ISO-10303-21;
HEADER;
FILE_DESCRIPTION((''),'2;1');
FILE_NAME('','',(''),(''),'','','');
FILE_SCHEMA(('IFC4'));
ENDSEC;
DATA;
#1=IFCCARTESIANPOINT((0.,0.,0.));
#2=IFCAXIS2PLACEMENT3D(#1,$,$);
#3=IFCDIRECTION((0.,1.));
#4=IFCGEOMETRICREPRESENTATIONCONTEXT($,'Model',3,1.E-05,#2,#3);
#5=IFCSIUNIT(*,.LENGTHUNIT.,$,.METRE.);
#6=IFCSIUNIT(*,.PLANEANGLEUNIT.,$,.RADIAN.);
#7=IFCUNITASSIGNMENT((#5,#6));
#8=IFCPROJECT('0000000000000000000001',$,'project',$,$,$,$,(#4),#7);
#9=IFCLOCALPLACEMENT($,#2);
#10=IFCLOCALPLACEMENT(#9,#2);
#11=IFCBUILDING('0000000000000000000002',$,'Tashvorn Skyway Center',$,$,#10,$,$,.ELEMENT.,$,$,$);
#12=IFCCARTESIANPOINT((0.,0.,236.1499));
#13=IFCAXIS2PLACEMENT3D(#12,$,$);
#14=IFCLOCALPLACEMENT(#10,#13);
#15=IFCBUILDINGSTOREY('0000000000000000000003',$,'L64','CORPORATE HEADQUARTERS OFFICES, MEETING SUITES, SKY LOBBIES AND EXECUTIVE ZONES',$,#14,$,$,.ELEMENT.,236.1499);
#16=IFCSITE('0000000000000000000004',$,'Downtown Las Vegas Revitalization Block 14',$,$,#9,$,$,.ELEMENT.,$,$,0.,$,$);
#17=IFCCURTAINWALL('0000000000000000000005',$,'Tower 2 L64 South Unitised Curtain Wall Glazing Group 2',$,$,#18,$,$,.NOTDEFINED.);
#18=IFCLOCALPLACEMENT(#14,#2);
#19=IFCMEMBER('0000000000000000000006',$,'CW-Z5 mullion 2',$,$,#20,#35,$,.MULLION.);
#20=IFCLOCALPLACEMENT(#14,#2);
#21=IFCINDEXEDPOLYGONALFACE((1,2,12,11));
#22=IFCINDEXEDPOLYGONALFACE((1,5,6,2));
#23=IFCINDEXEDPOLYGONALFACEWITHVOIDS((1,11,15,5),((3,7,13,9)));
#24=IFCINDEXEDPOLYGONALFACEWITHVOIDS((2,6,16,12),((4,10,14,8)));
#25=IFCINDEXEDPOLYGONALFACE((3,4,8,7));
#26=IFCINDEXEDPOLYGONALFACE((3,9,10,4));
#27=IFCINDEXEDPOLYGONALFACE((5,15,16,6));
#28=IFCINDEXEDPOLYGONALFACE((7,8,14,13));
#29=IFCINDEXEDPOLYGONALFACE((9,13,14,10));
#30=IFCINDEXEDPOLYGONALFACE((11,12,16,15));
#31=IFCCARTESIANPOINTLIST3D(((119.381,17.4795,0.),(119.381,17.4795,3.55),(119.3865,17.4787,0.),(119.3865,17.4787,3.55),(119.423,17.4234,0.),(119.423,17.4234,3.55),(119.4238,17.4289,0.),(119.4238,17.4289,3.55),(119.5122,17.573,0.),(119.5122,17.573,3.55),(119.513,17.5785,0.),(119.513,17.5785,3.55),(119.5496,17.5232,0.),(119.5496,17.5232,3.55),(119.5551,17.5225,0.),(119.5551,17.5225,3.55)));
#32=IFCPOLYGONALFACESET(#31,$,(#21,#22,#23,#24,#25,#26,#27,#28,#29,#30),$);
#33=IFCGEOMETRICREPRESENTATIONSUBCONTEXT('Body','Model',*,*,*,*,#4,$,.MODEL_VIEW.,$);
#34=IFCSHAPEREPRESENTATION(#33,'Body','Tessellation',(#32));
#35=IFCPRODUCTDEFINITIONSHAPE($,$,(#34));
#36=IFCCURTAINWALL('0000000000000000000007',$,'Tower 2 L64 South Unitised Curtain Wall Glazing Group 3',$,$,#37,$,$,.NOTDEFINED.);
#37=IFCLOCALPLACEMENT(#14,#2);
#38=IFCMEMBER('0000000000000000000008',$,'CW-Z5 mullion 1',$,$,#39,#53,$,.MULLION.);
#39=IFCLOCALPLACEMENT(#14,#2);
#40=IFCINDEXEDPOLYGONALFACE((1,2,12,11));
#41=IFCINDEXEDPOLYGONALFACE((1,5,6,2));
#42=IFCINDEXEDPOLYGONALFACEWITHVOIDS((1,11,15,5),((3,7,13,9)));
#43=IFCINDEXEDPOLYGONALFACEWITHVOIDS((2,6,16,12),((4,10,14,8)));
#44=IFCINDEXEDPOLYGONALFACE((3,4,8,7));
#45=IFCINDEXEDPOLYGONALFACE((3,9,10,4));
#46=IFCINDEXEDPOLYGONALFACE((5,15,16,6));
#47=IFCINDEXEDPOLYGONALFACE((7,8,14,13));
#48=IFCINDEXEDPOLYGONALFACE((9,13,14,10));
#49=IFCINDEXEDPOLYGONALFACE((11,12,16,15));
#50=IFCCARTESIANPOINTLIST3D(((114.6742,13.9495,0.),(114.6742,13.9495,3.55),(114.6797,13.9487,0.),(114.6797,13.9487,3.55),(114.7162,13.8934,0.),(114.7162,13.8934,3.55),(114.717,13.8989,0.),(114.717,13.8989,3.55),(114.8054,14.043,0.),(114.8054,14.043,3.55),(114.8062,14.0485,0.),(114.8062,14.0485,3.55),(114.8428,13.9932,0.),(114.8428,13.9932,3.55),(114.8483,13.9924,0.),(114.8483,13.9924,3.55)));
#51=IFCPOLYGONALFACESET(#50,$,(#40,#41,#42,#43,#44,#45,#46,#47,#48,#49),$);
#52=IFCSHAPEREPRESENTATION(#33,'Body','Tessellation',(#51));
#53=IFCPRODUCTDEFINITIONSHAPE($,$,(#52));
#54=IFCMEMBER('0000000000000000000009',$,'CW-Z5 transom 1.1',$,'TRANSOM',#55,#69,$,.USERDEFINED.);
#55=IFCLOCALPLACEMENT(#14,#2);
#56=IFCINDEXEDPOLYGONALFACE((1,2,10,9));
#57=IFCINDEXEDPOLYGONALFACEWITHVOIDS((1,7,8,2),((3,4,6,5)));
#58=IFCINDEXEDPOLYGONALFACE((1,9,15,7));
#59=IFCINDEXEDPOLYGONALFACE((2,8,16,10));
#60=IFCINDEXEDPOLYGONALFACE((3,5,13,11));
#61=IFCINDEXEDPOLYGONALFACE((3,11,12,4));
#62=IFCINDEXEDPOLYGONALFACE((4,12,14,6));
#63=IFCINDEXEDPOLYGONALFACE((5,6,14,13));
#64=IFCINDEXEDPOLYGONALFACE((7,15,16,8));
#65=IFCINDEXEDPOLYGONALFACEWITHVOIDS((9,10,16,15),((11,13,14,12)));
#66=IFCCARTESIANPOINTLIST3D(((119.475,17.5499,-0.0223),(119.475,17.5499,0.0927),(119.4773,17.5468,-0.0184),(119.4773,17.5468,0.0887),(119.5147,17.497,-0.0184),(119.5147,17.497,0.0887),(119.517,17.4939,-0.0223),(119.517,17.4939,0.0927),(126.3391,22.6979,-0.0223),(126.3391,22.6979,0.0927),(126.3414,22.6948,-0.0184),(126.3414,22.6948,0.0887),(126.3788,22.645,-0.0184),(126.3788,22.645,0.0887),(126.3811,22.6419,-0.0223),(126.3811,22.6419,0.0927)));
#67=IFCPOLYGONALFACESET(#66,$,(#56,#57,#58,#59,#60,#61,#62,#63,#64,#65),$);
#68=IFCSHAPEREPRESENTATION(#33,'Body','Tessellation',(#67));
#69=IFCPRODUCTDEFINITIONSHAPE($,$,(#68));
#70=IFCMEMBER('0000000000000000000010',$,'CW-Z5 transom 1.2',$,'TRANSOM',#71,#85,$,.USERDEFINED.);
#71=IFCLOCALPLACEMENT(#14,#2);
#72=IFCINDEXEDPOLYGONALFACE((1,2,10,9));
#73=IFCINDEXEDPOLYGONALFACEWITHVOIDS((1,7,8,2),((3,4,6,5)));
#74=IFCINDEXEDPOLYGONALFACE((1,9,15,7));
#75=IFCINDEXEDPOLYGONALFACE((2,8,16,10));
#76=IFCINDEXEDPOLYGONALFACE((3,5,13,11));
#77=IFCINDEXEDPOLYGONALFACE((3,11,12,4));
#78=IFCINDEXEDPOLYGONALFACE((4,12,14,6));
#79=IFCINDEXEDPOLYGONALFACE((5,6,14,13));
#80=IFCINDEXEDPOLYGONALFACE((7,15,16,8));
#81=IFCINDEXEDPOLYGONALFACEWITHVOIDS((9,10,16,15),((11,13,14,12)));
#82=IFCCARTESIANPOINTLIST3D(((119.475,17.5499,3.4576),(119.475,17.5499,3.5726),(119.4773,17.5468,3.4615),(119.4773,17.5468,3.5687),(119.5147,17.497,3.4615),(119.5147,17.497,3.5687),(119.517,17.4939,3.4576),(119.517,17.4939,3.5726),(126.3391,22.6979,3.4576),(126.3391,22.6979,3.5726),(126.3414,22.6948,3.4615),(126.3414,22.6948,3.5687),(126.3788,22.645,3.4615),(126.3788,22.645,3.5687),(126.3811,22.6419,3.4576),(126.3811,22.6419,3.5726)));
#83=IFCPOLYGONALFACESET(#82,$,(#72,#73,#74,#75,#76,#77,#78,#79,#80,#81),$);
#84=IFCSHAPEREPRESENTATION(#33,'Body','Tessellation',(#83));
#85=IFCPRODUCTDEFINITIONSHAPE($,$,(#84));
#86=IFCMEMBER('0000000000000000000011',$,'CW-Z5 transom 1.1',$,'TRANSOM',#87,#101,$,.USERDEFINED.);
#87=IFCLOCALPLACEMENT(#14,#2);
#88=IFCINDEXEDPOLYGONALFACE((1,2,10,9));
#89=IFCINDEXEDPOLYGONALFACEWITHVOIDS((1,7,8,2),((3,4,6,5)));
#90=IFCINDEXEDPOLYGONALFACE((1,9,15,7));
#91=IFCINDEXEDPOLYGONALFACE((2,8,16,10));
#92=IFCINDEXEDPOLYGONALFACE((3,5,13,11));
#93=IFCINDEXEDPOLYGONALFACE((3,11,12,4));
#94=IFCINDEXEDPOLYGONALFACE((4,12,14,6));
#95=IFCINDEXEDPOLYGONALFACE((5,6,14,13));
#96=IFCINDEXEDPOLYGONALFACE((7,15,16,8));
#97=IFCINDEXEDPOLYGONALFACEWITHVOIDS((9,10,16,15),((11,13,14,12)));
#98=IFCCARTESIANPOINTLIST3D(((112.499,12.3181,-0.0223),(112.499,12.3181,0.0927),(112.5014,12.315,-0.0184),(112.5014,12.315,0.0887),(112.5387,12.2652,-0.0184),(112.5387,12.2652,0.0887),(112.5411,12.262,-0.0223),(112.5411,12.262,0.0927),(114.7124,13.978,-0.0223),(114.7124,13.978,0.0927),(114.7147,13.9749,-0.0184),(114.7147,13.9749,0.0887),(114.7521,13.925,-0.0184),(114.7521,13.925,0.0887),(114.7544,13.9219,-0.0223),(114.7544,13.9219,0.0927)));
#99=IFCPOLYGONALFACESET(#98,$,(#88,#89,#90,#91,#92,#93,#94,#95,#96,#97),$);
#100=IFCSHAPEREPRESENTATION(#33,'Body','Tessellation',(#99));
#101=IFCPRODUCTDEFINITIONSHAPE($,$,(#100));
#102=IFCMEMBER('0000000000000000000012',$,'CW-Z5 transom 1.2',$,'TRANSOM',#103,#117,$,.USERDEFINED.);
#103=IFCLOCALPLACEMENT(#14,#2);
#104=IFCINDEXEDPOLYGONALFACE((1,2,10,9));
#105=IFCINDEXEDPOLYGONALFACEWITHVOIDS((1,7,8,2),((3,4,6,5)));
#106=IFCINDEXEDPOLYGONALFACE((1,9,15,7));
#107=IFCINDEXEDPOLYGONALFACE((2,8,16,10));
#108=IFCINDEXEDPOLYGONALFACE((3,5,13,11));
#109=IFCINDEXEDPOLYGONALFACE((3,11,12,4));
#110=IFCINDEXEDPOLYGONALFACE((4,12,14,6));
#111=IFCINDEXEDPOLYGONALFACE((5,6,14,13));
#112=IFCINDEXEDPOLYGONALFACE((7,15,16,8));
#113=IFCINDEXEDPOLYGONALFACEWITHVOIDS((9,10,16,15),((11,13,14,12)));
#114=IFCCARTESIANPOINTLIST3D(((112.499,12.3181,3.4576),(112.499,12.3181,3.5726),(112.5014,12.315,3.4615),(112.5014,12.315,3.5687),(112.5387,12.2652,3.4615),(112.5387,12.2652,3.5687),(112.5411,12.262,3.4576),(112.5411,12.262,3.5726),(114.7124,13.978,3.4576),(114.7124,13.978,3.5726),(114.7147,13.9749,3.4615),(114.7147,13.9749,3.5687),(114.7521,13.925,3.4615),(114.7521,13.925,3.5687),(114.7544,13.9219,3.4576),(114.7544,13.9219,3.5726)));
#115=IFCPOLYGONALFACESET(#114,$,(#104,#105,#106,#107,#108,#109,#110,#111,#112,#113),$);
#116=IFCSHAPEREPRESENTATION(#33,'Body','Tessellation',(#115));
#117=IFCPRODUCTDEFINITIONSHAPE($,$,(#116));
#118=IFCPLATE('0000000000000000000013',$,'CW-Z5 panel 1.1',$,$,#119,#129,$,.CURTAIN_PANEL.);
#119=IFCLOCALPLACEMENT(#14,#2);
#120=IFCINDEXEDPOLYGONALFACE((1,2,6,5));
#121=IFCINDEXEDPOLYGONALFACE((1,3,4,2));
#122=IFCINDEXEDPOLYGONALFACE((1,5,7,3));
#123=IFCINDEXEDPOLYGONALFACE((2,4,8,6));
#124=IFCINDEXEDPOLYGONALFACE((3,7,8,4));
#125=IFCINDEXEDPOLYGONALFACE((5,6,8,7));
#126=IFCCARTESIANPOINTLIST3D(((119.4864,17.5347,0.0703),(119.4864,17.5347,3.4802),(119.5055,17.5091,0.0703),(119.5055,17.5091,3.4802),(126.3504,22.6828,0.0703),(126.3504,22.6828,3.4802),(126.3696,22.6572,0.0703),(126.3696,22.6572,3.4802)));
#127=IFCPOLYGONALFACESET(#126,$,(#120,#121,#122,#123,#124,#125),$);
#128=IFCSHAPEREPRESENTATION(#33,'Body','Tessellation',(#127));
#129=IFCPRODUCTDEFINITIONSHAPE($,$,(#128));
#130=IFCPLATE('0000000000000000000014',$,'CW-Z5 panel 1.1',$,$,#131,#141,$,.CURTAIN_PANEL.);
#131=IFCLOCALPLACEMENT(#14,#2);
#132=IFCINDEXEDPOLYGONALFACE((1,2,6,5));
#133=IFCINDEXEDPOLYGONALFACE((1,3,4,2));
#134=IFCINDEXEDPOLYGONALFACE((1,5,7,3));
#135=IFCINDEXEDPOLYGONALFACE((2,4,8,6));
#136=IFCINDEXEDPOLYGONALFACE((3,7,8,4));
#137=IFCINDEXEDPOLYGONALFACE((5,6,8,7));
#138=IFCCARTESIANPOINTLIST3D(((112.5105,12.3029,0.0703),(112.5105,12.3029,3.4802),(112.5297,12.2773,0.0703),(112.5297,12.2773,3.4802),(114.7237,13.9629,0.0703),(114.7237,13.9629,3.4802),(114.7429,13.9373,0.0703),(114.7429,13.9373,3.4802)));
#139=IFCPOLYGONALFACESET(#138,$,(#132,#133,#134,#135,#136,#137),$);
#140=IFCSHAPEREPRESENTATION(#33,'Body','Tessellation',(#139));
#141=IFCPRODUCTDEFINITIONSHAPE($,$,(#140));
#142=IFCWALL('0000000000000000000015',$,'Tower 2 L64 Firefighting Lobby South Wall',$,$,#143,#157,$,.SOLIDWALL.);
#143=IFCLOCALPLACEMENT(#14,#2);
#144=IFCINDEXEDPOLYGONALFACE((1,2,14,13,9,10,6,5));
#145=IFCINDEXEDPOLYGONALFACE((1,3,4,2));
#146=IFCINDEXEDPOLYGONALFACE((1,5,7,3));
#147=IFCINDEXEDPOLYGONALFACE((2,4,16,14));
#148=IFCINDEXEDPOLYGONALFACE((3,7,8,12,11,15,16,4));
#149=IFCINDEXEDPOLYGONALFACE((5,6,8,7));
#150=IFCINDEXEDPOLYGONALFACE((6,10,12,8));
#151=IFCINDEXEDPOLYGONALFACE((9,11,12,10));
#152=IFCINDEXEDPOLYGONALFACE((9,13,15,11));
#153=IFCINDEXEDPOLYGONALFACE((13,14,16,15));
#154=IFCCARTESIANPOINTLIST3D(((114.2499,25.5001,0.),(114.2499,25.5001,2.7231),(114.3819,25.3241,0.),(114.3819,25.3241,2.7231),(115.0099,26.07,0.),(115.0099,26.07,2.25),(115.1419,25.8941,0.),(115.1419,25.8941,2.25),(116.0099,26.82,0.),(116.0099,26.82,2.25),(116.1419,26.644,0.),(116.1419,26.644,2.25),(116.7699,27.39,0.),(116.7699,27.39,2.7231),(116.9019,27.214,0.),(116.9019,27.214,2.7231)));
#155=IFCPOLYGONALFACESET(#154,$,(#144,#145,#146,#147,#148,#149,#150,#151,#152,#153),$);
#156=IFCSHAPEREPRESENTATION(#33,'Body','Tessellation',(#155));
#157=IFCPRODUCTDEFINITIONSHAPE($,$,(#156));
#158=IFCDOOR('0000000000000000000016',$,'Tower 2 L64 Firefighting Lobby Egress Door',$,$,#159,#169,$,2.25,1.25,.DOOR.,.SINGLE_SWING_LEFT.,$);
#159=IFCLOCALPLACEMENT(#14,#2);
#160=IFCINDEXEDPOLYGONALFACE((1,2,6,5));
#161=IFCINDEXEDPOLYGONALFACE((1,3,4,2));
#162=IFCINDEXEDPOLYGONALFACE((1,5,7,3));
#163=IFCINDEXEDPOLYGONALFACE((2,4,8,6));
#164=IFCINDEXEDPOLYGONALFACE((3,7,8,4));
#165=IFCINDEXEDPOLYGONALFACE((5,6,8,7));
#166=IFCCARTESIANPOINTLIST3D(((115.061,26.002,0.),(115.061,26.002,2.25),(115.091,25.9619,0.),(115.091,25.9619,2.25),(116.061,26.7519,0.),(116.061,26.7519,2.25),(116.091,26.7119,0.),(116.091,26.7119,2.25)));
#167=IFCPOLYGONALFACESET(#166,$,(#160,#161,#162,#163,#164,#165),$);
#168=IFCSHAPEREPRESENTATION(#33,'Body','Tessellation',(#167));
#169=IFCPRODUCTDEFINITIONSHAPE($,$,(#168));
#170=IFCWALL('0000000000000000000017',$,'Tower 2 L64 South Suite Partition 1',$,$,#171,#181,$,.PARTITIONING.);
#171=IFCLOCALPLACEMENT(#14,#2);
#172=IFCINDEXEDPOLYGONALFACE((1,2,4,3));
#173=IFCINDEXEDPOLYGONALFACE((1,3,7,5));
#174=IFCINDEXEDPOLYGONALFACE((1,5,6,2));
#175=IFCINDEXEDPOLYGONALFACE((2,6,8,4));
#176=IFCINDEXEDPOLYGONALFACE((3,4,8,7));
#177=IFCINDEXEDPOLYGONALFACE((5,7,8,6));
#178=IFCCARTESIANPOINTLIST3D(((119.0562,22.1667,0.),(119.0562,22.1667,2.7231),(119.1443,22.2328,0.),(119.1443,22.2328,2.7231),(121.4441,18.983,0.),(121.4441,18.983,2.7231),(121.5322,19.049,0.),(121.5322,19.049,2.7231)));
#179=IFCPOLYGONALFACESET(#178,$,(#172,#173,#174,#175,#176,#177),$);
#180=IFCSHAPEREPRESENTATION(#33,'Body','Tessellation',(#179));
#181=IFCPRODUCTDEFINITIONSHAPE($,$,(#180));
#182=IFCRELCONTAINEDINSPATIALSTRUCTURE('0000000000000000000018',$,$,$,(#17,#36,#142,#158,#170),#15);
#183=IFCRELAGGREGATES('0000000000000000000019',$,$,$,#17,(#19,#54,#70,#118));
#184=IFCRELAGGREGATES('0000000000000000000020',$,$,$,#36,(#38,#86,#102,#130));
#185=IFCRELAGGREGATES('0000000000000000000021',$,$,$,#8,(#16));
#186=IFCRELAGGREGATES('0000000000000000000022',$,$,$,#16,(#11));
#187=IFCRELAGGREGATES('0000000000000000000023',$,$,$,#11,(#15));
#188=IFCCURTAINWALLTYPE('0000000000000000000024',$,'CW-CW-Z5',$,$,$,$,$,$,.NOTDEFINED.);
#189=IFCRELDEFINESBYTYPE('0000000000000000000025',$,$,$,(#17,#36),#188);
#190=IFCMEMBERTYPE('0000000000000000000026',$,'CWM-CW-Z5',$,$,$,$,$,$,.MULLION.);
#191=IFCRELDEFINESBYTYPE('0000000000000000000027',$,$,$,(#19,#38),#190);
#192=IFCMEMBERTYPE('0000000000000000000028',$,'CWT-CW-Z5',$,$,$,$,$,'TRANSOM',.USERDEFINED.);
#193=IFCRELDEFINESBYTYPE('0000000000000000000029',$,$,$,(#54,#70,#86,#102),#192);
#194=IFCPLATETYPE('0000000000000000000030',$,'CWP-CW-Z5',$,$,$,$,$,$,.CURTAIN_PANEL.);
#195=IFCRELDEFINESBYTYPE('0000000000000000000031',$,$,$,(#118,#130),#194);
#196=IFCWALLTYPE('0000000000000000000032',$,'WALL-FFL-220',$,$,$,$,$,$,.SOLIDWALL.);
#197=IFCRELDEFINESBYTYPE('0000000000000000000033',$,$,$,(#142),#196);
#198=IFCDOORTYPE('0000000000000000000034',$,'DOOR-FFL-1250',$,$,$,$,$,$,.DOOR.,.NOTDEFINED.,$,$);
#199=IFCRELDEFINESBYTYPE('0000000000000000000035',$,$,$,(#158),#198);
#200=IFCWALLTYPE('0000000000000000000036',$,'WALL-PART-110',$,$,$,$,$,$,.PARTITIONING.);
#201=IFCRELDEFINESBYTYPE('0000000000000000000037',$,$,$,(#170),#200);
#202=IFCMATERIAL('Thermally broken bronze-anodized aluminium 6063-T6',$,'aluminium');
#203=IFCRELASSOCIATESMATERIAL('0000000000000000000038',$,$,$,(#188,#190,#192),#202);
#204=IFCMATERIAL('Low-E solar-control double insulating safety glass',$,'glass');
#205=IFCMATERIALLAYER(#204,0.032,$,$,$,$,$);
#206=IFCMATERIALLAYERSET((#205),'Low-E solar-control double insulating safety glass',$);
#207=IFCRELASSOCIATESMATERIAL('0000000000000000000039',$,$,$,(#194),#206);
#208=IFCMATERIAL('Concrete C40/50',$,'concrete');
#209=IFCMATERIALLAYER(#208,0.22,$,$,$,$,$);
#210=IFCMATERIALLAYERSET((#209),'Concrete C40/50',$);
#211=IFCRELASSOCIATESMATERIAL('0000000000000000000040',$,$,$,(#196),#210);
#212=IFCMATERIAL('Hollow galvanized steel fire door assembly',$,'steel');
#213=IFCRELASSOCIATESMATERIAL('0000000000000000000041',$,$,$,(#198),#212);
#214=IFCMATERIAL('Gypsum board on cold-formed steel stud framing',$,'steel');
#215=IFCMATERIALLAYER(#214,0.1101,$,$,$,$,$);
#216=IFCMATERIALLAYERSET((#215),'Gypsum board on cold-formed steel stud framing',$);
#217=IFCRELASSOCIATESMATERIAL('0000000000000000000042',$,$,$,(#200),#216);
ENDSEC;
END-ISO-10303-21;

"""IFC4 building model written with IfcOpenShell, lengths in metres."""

from ifc_helpers import new_model, si_unit, direction, frame, frame_2d, origin, origin_2d, place, context, subcontext, project, spatial, rectangle, hollow_rectangle, extrude, material, layer, layer_set, material_profile, profile_set, type_object, element, fill, aggregate, save


model = new_model("IFC4")

# Units and contexts
model_context = context("Model", 3, precision=1e-05, world=origin(), true_north=direction((0.0, 1.0)))
body_context = subcontext(model_context, "Body", "Model", "MODEL_VIEW")
ifc_project = project(units=[si_unit("LENGTHUNIT", "METRE"), si_unit("PLANEANGLEUNIT", "RADIAN")], contexts=[model_context])

# Site, building, storey
site_placement = place(None, origin())
site = spatial("IfcSite", under=ifc_project, at=site_placement, Name="Downtown Las Vegas Revitalization Block 14", CompositionType="ELEMENT", RefElevation=0.0)
building_placement = place(site_placement, origin())
building = spatial("IfcBuilding", under=site, at=building_placement, Name="Tashvorn Skyway Center", CompositionType="ELEMENT")
storey_placement = place(building_placement, frame((0.0, 0.0, 236.1499)))
storey = spatial("IfcBuildingStorey", under=building, at=storey_placement, Name="L64", Description="CORPORATE HEADQUARTERS OFFICES, MEETING SUITES, SKY LOBBIES AND EXECUTIVE ZONES", CompositionType="ELEMENT", Elevation=236.1499)

# Shared definitions
ifc_material_1 = material(Name="Thermally broken bronze-anodized aluminium 6063-T6", Category="aluminium")
curtain_wall_type = type_object("IfcCurtainWallType", Name="CW-CW-Z5", PredefinedType="NOTDEFINED", material=ifc_material_1)
ifc_material_profile_1 = material_profile(ifc_material_1, hollow_rectangle(XDim=0.0701, YDim=0.165, WallThickness=0.0039, at=origin_2d()), Name="ALU-MULL-70x165")
ifc_profile_set_1 = profile_set([ifc_material_profile_1], Name="Thermally broken bronze-anodized aluminium 6063-T6")
member_type_1 = type_object("IfcMemberType", Name="CWM-CW-Z5", PredefinedType="MULLION", material=ifc_profile_set_1)

# Curtain wall, member
curtain_wall_1_placement = place(storey_placement, origin())
curtain_wall_1 = element("IfcCurtainWall", 1, at=curtain_wall_1_placement, inside=storey, type_object=curtain_wall_type, Name="Tower 2 L64 South Unitised Curtain Wall Glazing Group 2", PredefinedType="NOTDEFINED")
member_1_placement = place(storey_placement, frame((119.468, 17.501, 0.0), z_axis=(0.0, 0.0, 1.0), x_axis=(0.6, -0.8, 0.0)))
member_1 = element("IfcMember", 2, at=member_1_placement, type_object=member_type_1, Name="CW-Z5 mullion 2", PredefinedType="MULLION", context=body_context, shape_type="SweptSolid", body=[
    extrude(hollow_rectangle(XDim=0.0701, YDim=0.165, WallThickness=0.0039, at=origin_2d()), origin(), (0.0, 0.0, 1.0), 3.55),
])

# Curtain wall, member
curtain_wall_2_placement = place(storey_placement, origin())
curtain_wall_2 = element("IfcCurtainWall", 3, at=curtain_wall_2_placement, inside=storey, type_object=curtain_wall_type, Name="Tower 2 L64 South Unitised Curtain Wall Glazing Group 3", PredefinedType="NOTDEFINED")
member_2_placement = place(storey_placement, frame((114.7612, 13.9709, 0.0), z_axis=(0.0, 0.0, 1.0), x_axis=(0.600006, -0.799996, 0.0)))
member_2 = element("IfcMember", 4, at=member_2_placement, type_object=member_type_1, Name="CW-Z5 mullion 1", PredefinedType="MULLION", context=body_context, shape_type="SweptSolid", body=[
    extrude(hollow_rectangle(XDim=0.0701, YDim=0.165, WallThickness=0.0039, at=origin_2d()), origin(), (0.0, 0.0, 1.0), 3.55),
])

# Members
ifc_material_profile_2 = material_profile(ifc_material_1, hollow_rectangle(XDim=0.0701, YDim=0.115, WallThickness=0.0039, at=origin_2d()), Name="ALU-TRAN-70x115")
ifc_profile_set_2 = profile_set([ifc_material_profile_2], Name="Thermally broken bronze-anodized aluminium 6063-T6")
member_type_2 = type_object("IfcMemberType", Name="CWT-CW-Z5", ElementType="TRANSOM", PredefinedType="USERDEFINED", material=ifc_profile_set_2)
member_3_placement = place(storey_placement, frame((126.3601, 22.6699, 0.0352), z_axis=(-0.800003, -0.599995, 0.0), x_axis=(0.599995, -0.800003, 0.0)))
member_3 = element("IfcMember", 5, at=member_3_placement, type_object=member_type_2, Name="CW-Z5 transom 1.1", ObjectType="TRANSOM", PredefinedType="USERDEFINED", context=body_context, shape_type="SweptSolid", body=[
    extrude(hollow_rectangle(XDim=0.0701, YDim=0.115, WallThickness=0.0039, at=origin_2d()), origin(), (0.0, 0.0, 1.0), 8.5801),
])
member_4_placement = place(storey_placement, frame((126.3601, 22.6699, 3.5151), z_axis=(-0.800003, -0.599995, 0.0), x_axis=(0.599995, -0.800003, 0.0)))
member_4 = element("IfcMember", 6, at=member_4_placement, type_object=member_type_2, Name="CW-Z5 transom 1.2", ObjectType="TRANSOM", PredefinedType="USERDEFINED", context=body_context, shape_type="SweptSolid", body=[
    extrude(hollow_rectangle(XDim=0.0701, YDim=0.115, WallThickness=0.0039, at=origin_2d()), origin(), (0.0, 0.0, 1.0), 8.5801),
])
member_5_placement = place(storey_placement, frame((114.7334, 13.95, 0.0352), z_axis=(-0.800021, -0.599972, 0.0), x_axis=(0.599972, -0.800021, 0.0)))
member_5 = element("IfcMember", 7, at=member_5_placement, type_object=member_type_2, Name="CW-Z5 transom 1.1", ObjectType="TRANSOM", PredefinedType="USERDEFINED", context=body_context, shape_type="SweptSolid", body=[
    extrude(hollow_rectangle(XDim=0.0701, YDim=0.115, WallThickness=0.0039, at=origin_2d()), origin(), (0.0, 0.0, 1.0), 2.7666),
])
member_6_placement = place(storey_placement, frame((114.7334, 13.95, 3.5151), z_axis=(-0.800021, -0.599972, 0.0), x_axis=(0.599972, -0.800021, 0.0)))
member_6 = element("IfcMember", 8, at=member_6_placement, type_object=member_type_2, Name="CW-Z5 transom 1.2", ObjectType="TRANSOM", PredefinedType="USERDEFINED", context=body_context, shape_type="SweptSolid", body=[
    extrude(hollow_rectangle(XDim=0.0701, YDim=0.115, WallThickness=0.0039, at=origin_2d()), origin(), (0.0, 0.0, 1.0), 2.7666),
])

# Plates
ifc_material_2 = material(Name="Low-E solar-control double insulating safety glass", Category="glass")
ifc_layer_1 = layer(ifc_material_2, 0.032)
ifc_layer_set_1 = layer_set([ifc_layer_1], Name="Low-E solar-control double insulating safety glass")
plate_type = type_object("IfcPlateType", Name="CWP-CW-Z5", PredefinedType="CURTAIN_PANEL", material=ifc_layer_set_1)
plate_1_placement = place(storey_placement, frame((122.928, 20.0959, 0.0703), z_axis=(0.0, 0.0, 1.0), x_axis=(-0.8, -0.6, 0.0)))
plate_1 = element("IfcPlate", 9, at=plate_1_placement, type_object=plate_type, Name="CW-Z5 panel 1.1", PredefinedType="CURTAIN_PANEL", context=body_context, shape_type="SweptSolid", body=[
    extrude(rectangle(XDim=8.5801, YDim=0.032, at=origin_2d()), origin(), (0.0, 0.0, 1.0), 3.4099),
])
aggregate(curtain_wall_1, [member_1, member_3, member_4, plate_1])
plate_2_placement = place(storey_placement, frame((113.6267, 13.1201, 0.0703), z_axis=(0.0, 0.0, 1.0), x_axis=(-0.799996, -0.600006, 0.0)))
plate_2 = element("IfcPlate", 10, at=plate_2_placement, type_object=plate_type, Name="CW-Z5 panel 1.1", PredefinedType="CURTAIN_PANEL", context=body_context, shape_type="SweptSolid", body=[
    extrude(rectangle(XDim=2.7666, YDim=0.032, at=origin_2d()), origin(), (0.0, 0.0, 1.0), 3.4099),
])
aggregate(curtain_wall_2, [member_2, member_5, member_6, plate_2])

# Wall, opening, door
ifc_material_3 = material(Name="Concrete C40/50", Category="concrete")
ifc_layer_2 = layer(ifc_material_3, 0.22)
ifc_layer_set_2 = layer_set([ifc_layer_2], Name="Concrete C40/50")
wall_type_1 = type_object("IfcWallType", Name="WALL-FFL-220", PredefinedType="SOLIDWALL", material=ifc_layer_set_2)
wall_1_placement = place(storey_placement, frame((114.3159, 25.4121, 0.0), z_axis=(0.0, 0.0, 1.0), x_axis=(0.800019, 0.599975, 0.0)))
wall_1 = element("IfcWall", 11, at=wall_1_placement, inside=storey, type_object=wall_type_1, Name="Tower 2 L64 Firefighting Lobby South Wall", PredefinedType="SOLIDWALL", context=body_context, shape_type="SweptSolid", body=[
    extrude(rectangle(XDim=3.1499, YDim=0.22, at=frame_2d((1.575, 0.0))), origin(), (0.0, 0.0, 1.0), 2.7231),
])
opening_1_placement = place(wall_1_placement, frame((0.95, 0.0, 0.0)))
opening_1 = element("IfcOpeningElement", 12, at=opening_1_placement, cuts=wall_1, PredefinedType="OPENING", context=body_context, shape_type="SweptSolid", body=[
    extrude(rectangle(XDim=1.25, YDim=2.25, at=frame_2d((0.625, 1.125))), frame((0.0, 0.1199, 0.0), z_axis=(0.0, -1.0, 0.0), x_axis=(1.0, 0.0, 0.0)), (0.0, 0.0, 1.0), 0.24),
])
ifc_material_4 = material(Name="Hollow galvanized steel fire door assembly", Category="steel")
door_type_1 = type_object("IfcDoorType", Name="DOOR-FFL-1250", OperationType="NOTDEFINED", PredefinedType="DOOR", material=ifc_material_4)
door_1_placement = place(opening_1_placement, origin())
door_1 = element("IfcDoor", 13, at=door_1_placement, inside=storey, type_object=door_type_1, Name="Tower 2 L64 Firefighting Lobby Egress Door", OperationType="SINGLE_SWING_LEFT", OverallHeight=2.25, OverallWidth=1.25, PredefinedType="DOOR", context=body_context, shape_type="SweptSolid", body=[
    extrude(rectangle(XDim=1.25, YDim=2.25, at=frame_2d((0.625, 1.125))), frame((0.0, 0.0249, 0.0), z_axis=(0.0, -1.0, 0.0), x_axis=(1.0, 0.0, 0.0)), (0.0, 0.0, 1.0), 0.05),
])
fill(opening_1, door_1)

# Wall
ifc_material_5 = material(Name="Gypsum board on cold-formed steel stud framing", Category="steel")
ifc_layer_3 = layer(ifc_material_5, 0.1101)
ifc_layer_set_3 = layer_set([ifc_layer_3], Name="Gypsum board on cold-formed steel stud framing")
wall_type_2 = type_object("IfcWallType", Name="WALL-PART-110", PredefinedType="PARTITIONING", material=ifc_layer_set_3)
wall_2_placement = place(storey_placement, frame((121.488, 19.0161, 0.0), z_axis=(0.0, 0.0, 1.0), x_axis=(-0.60001, 0.799993, 0.0)))
element("IfcWall", 14, at=wall_2_placement, inside=storey, type_object=wall_type_2, Name="Tower 2 L64 South Suite Partition 1", PredefinedType="PARTITIONING", context=body_context, shape_type="SweptSolid", body=[
    extrude(rectangle(XDim=3.9797, YDim=0.1101, at=frame_2d((1.9897, 0.0))), origin(), (0.0, 0.0, 1.0), 2.7231),
])

save(model, "model.ifc")
